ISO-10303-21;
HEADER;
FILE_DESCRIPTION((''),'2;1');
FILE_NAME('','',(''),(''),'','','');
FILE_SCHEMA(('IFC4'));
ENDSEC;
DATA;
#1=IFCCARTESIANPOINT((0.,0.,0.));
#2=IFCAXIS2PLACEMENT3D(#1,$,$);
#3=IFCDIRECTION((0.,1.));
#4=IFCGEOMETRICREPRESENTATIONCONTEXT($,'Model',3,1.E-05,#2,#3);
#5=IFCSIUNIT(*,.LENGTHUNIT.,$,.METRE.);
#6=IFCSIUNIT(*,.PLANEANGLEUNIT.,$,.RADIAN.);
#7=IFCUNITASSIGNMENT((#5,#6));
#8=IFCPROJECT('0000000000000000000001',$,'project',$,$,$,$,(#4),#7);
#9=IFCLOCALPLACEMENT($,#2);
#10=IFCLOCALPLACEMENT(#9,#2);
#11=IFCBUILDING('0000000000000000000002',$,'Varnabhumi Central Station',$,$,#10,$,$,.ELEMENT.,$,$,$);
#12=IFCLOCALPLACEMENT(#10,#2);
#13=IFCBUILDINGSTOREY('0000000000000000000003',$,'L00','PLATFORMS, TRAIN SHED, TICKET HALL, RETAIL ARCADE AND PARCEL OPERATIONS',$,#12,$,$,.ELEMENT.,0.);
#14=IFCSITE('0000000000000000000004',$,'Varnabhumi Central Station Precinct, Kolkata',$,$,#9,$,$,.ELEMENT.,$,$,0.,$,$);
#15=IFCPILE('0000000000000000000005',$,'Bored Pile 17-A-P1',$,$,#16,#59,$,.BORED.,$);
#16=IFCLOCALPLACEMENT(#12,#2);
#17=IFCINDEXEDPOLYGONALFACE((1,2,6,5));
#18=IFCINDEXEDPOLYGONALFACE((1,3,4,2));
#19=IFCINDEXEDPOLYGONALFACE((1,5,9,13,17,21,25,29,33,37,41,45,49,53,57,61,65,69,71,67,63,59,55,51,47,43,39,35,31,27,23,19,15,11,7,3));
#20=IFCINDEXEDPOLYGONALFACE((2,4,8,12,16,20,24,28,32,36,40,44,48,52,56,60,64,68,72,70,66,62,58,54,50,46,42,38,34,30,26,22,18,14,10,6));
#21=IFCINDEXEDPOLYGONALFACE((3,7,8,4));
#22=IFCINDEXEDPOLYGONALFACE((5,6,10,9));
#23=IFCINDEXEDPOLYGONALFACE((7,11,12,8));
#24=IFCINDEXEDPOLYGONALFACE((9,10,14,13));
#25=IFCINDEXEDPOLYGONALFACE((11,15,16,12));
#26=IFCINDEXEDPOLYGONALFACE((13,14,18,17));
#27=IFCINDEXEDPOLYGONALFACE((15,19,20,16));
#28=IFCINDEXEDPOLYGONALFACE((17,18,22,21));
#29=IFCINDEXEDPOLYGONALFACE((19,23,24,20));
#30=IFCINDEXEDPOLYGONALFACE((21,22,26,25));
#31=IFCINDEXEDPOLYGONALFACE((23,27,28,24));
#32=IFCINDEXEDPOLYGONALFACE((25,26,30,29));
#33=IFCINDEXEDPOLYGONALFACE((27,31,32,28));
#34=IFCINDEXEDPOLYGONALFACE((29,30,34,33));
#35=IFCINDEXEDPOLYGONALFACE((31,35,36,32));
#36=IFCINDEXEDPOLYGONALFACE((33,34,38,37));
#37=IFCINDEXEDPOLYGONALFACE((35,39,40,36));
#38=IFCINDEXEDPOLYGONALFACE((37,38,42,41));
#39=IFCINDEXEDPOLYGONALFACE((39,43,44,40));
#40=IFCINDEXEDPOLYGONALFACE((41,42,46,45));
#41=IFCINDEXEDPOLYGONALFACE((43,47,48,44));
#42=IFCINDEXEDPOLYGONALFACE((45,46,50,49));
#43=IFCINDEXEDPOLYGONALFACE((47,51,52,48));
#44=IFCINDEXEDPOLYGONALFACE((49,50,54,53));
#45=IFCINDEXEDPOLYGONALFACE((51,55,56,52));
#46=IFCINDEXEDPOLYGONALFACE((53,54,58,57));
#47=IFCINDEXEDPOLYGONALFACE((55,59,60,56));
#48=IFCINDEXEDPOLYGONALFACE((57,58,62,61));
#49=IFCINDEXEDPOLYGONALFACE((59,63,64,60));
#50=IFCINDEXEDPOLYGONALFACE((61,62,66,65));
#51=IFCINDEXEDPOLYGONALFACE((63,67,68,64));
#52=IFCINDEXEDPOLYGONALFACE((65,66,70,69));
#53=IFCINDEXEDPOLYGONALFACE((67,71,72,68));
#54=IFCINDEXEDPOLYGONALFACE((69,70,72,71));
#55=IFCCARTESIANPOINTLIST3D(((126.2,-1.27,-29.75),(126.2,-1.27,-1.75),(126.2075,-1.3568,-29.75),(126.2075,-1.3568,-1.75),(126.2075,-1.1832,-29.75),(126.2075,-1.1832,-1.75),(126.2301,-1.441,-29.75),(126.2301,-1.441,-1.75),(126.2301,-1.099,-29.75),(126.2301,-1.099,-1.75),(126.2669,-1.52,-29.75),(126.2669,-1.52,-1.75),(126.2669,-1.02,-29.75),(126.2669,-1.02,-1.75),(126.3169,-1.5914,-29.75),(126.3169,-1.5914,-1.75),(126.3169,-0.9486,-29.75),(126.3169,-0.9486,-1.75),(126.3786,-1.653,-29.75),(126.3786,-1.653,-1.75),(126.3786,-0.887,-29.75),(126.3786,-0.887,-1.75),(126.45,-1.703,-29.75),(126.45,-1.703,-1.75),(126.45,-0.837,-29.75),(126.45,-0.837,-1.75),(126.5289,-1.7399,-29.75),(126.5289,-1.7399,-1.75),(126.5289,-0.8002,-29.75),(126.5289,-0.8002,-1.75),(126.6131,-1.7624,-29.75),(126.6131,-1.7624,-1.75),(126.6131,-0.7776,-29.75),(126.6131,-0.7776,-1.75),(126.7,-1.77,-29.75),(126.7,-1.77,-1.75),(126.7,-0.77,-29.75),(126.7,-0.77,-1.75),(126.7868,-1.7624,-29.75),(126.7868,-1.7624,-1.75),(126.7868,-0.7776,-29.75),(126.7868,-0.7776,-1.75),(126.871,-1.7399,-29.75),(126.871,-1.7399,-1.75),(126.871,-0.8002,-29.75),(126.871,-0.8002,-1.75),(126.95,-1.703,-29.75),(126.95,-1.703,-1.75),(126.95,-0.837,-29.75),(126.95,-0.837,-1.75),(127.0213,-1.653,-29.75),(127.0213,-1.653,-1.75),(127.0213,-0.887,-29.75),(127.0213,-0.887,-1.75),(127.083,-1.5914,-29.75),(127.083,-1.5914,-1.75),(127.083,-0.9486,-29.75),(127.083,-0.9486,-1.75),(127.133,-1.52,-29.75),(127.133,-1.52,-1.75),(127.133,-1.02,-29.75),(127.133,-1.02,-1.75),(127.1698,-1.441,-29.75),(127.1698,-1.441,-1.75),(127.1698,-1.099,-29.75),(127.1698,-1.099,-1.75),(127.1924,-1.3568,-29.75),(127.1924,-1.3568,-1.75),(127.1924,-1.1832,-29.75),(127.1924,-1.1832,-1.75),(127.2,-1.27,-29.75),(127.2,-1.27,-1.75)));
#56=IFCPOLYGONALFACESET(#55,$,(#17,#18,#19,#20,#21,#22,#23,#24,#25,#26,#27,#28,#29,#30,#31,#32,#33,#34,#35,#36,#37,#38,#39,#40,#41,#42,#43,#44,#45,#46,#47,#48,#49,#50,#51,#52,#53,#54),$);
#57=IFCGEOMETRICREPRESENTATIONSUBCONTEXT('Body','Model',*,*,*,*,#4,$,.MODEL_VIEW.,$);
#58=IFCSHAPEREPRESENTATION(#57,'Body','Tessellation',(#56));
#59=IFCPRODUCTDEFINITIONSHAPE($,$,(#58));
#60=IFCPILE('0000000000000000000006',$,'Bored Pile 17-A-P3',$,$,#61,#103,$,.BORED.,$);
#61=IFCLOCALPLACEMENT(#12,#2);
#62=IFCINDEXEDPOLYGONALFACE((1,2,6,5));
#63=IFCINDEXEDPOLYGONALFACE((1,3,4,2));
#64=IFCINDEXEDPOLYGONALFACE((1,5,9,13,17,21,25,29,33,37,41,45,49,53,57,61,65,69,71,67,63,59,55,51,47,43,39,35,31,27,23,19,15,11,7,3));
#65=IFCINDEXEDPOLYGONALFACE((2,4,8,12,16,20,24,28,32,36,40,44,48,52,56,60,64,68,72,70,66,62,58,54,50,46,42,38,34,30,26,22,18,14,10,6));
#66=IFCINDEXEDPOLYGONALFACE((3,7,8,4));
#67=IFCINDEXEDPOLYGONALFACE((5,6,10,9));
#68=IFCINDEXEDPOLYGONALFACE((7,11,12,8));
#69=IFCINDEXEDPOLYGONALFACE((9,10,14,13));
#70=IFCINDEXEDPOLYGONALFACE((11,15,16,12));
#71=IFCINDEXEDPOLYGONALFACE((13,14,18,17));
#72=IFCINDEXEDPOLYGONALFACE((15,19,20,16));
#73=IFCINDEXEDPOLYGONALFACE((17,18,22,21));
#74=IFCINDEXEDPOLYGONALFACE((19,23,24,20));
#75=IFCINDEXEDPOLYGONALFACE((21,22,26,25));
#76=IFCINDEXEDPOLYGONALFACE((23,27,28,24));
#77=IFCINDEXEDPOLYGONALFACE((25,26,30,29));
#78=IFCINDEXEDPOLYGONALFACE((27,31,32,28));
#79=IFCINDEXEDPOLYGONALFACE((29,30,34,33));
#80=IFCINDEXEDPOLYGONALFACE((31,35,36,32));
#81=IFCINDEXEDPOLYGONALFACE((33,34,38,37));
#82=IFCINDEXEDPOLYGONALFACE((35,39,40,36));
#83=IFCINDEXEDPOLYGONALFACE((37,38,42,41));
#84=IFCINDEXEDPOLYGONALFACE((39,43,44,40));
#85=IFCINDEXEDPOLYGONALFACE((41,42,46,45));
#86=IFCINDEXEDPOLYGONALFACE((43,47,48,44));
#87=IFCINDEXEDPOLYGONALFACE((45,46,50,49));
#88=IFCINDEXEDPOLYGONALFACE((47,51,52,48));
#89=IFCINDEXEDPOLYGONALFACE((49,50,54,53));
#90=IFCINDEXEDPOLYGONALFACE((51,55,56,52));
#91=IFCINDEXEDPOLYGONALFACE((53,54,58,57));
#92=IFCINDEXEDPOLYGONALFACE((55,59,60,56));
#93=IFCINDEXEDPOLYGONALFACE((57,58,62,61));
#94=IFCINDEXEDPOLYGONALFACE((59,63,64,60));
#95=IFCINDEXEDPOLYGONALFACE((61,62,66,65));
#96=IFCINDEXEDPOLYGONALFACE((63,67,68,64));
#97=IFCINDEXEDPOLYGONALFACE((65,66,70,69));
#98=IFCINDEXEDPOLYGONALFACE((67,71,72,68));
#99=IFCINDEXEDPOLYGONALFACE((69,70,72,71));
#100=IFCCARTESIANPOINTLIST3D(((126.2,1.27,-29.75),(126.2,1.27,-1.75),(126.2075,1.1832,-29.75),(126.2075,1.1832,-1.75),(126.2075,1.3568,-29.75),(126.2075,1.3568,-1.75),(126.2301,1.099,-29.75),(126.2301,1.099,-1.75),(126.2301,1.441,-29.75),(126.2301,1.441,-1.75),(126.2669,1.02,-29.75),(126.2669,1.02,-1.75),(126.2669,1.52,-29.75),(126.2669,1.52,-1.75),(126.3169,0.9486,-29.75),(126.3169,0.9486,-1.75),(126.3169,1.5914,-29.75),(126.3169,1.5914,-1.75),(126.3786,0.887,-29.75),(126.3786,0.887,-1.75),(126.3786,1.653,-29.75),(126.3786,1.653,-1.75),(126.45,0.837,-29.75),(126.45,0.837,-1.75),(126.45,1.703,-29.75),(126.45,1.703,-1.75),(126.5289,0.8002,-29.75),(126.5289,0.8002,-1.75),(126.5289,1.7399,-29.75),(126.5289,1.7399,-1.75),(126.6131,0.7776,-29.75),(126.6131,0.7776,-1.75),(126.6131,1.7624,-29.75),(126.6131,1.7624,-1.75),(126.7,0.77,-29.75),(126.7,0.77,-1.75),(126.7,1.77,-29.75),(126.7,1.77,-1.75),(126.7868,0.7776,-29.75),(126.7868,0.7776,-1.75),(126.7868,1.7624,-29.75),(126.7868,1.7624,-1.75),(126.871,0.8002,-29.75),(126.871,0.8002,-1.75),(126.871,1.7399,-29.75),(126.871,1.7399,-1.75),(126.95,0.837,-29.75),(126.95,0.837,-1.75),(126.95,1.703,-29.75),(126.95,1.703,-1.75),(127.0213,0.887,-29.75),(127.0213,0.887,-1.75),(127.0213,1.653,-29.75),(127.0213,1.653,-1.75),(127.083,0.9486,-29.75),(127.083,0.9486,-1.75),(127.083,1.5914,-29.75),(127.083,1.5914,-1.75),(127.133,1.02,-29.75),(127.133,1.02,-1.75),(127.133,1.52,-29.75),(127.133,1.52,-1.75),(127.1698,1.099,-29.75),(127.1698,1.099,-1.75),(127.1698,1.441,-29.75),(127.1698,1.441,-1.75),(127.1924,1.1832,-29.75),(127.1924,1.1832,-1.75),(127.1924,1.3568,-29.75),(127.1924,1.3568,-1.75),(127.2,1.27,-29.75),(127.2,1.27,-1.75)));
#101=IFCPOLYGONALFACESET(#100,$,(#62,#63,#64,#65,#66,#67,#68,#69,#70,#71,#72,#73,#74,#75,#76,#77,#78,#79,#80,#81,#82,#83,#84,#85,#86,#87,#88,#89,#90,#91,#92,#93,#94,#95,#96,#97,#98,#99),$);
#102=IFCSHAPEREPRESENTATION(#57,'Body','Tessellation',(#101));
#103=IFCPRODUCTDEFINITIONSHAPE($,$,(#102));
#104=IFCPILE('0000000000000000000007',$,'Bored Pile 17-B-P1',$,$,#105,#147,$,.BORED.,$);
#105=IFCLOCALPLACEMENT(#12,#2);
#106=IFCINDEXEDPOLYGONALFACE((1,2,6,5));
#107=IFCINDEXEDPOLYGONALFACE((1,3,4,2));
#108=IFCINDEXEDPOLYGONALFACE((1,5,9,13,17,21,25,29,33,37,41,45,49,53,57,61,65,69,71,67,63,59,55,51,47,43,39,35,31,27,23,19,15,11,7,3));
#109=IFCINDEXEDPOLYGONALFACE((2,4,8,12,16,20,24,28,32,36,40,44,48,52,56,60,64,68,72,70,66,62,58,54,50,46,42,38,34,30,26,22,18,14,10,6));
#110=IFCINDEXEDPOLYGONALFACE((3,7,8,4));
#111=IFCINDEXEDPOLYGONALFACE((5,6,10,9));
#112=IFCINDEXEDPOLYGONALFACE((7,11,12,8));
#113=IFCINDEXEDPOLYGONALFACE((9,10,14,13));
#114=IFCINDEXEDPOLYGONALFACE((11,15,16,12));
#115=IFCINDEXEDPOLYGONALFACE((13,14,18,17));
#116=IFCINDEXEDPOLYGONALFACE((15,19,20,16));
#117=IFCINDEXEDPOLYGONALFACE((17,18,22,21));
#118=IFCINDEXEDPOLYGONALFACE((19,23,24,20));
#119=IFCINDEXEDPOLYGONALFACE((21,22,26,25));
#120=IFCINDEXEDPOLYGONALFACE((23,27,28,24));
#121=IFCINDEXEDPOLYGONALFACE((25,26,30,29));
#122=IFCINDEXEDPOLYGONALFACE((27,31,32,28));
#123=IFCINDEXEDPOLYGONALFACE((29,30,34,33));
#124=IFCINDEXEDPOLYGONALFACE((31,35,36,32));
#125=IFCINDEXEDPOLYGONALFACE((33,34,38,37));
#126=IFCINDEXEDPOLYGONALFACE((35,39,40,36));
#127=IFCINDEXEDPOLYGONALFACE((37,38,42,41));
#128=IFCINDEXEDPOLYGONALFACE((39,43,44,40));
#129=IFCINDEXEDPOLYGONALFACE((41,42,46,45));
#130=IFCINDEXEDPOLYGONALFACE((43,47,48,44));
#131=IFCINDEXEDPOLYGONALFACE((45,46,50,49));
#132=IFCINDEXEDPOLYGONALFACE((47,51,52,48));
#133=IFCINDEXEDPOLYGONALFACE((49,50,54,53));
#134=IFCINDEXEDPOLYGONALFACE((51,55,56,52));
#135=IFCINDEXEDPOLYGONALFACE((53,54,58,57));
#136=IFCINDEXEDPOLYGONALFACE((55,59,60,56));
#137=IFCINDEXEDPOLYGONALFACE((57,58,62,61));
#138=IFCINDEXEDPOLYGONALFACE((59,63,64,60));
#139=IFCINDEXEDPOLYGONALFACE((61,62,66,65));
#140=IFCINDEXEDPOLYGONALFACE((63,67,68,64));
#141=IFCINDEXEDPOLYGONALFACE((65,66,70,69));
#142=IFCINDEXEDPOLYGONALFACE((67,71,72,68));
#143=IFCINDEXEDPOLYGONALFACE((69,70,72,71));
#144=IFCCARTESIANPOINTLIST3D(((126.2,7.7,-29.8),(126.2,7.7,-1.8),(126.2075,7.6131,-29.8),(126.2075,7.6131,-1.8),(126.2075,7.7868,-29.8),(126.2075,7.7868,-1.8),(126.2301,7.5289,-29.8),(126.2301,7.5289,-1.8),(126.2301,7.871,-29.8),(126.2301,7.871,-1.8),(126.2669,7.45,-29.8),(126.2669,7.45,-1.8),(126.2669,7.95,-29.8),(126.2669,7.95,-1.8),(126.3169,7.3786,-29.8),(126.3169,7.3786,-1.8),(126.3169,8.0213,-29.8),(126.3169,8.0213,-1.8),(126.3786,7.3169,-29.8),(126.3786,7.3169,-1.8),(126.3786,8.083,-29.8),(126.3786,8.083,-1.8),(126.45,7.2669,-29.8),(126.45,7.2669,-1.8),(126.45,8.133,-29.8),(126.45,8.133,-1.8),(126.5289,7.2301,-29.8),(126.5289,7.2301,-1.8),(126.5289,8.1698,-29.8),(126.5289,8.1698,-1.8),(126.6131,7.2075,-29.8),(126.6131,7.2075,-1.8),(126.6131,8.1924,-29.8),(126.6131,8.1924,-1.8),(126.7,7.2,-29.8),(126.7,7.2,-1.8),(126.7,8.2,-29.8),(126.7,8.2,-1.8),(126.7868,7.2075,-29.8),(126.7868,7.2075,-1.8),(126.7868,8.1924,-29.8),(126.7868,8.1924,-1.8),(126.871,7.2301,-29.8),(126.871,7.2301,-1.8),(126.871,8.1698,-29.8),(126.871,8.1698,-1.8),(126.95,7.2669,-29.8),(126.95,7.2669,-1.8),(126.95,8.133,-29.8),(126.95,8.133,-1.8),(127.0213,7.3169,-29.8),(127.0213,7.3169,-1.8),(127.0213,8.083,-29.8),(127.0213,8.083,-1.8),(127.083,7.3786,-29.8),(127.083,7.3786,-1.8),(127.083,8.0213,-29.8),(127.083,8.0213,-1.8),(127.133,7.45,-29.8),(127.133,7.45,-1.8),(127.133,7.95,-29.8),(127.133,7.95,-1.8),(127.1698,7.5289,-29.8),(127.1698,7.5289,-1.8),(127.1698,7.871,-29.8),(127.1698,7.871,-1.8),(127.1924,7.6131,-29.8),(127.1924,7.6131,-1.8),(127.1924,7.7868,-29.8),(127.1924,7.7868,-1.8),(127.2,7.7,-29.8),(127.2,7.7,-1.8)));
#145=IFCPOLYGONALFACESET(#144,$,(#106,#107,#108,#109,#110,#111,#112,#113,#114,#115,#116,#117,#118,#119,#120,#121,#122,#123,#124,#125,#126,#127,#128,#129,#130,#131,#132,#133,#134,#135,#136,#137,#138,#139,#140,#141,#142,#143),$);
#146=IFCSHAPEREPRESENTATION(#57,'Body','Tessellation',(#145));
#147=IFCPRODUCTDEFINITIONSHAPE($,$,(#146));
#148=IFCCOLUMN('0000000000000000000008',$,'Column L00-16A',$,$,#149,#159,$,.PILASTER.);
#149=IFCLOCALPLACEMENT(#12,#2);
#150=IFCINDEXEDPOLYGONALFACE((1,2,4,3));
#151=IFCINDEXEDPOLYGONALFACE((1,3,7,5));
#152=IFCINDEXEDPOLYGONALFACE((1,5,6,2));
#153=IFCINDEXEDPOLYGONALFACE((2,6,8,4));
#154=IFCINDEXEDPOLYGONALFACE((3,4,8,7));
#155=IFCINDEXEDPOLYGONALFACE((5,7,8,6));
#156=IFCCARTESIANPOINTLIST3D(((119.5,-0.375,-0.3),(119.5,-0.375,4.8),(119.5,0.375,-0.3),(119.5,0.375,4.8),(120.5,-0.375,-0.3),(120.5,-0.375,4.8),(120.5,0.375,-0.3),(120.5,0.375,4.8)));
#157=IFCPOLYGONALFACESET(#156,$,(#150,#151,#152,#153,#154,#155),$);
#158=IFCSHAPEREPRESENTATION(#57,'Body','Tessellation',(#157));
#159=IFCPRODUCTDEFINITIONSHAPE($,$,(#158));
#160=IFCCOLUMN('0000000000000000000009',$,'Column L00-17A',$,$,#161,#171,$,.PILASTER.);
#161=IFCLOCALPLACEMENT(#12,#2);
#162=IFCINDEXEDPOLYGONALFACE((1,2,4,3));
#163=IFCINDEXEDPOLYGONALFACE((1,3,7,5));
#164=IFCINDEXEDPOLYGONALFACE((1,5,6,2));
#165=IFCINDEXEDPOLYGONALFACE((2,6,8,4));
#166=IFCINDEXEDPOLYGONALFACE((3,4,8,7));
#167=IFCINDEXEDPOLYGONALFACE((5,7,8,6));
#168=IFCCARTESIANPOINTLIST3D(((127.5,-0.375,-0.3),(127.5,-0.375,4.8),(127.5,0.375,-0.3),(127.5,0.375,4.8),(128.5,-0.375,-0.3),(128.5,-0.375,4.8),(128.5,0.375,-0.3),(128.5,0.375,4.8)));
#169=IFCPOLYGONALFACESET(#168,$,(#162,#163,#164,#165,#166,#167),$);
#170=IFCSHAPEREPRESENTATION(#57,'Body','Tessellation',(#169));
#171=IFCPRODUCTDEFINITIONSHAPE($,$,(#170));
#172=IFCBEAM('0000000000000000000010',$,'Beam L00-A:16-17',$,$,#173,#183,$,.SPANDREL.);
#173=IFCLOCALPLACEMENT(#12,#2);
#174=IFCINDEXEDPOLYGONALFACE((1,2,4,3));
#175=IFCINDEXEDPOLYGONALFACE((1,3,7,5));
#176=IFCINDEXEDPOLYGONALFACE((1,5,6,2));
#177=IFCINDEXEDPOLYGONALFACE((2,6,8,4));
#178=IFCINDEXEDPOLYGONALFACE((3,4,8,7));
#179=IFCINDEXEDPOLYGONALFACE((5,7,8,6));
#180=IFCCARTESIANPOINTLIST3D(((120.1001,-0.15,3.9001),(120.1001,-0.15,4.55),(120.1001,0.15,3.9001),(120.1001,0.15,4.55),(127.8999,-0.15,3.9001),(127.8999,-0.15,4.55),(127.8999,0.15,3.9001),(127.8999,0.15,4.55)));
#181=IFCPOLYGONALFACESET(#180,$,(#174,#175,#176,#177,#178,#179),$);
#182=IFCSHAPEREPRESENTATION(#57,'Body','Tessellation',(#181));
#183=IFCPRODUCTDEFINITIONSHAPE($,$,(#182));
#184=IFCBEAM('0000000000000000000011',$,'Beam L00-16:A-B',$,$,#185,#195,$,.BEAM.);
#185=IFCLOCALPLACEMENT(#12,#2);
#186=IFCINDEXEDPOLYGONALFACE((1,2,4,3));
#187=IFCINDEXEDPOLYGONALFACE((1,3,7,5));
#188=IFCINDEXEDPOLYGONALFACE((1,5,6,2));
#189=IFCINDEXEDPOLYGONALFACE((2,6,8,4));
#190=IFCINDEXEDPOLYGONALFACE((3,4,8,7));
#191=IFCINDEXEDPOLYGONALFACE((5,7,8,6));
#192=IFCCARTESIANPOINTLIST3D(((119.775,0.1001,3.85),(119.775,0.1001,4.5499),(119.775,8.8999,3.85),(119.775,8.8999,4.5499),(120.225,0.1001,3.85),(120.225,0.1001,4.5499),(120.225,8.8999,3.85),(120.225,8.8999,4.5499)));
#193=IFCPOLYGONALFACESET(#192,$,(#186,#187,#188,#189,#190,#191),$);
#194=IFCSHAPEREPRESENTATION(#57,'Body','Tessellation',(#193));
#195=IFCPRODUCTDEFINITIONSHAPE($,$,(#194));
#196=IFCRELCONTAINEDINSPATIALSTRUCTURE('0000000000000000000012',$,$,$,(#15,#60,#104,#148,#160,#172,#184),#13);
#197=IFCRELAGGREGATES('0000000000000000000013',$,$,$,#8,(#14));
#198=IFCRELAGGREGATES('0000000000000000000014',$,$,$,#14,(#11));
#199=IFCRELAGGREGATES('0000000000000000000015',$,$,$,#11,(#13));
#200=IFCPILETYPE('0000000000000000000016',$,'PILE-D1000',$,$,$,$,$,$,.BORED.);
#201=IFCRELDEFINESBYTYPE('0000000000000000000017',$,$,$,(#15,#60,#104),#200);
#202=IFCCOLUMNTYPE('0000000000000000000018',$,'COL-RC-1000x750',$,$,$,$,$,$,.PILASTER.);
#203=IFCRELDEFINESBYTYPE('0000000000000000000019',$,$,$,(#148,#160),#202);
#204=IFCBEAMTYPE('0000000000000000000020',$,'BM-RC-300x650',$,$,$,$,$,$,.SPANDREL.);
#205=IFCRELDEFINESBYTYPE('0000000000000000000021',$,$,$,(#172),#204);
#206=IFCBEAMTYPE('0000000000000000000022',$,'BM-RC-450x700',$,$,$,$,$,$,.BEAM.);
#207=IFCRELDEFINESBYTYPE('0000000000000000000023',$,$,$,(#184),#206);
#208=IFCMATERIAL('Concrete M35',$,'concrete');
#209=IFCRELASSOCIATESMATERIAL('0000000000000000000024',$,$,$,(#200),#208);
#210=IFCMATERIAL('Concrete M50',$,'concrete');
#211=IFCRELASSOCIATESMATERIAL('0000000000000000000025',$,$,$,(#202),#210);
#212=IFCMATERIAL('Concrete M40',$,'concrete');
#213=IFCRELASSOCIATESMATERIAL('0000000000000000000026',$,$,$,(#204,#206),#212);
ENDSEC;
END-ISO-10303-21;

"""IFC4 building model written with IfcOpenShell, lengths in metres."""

from ifc_helpers import new_model, si_unit, direction, frame, origin, origin_2d, place, context, subcontext, project, spatial, rectangle, circle, extrude, material, material_profile, profile_set, type_object, element, save


model = new_model("IFC4")

# Units and contexts
model_context = context("Model", 3, precision=1e-05, world=origin(), true_north=direction((0.0, 1.0)))
body_context = subcontext(model_context, "Body", "Model", "MODEL_VIEW")
ifc_project = project(units=[si_unit("LENGTHUNIT", "METRE"), si_unit("PLANEANGLEUNIT", "RADIAN")], contexts=[model_context])

# Site, building, storey
site_placement = place(None, origin())
site = spatial("IfcSite", under=ifc_project, at=site_placement, Name="Varnabhumi Central Station Precinct, Kolkata", CompositionType="ELEMENT", RefElevation=0.0)
building_placement = place(site_placement, origin())
building = spatial("IfcBuilding", under=site, at=building_placement, Name="Varnabhumi Central Station", CompositionType="ELEMENT")
storey_placement = place(building_placement, origin())
storey = spatial("IfcBuildingStorey", under=building, at=storey_placement, Name="L00", Description="PLATFORMS, TRAIN SHED, TICKET HALL, RETAIL ARCADE AND PARCEL OPERATIONS", CompositionType="ELEMENT", Elevation=0.0)

# Shared definitions
ifc_material_1 = material(Name="Concrete M40", Category="concrete")

# Piles
ifc_material_2 = material(Name="Concrete M35", Category="concrete")
ifc_material_profile_1 = material_profile(ifc_material_2, circle(Radius=0.5, at=origin_2d()), Name="Concrete M35", Category="concrete")
ifc_profile_set_1 = profile_set([ifc_material_profile_1], Name="Concrete M35")
pile_type = type_object("IfcPileType", Name="PILE-D1000", PredefinedType="BORED", material=ifc_profile_set_1)
for number, where, z_axis, x_axis, name in (
    (1, (126.7, -1.27, -1.75), (0.0, 0.0, -1.0), (1.0, 0.0, 0.0), "Bored Pile 17-A-P1"),
    (2, (126.7, 1.27, -1.75), (0.0, 0.0, -1.0), (1.0, 0.0, 0.0), "Bored Pile 17-A-P3"),
    (3, (126.7, 7.7, -1.8), (0.0, 0.0, -1.0), (1.0, 0.0, 0.0), "Bored Pile 17-B-P1"),
):
    element("IfcPile", number, at=place(storey_placement, frame(where, z_axis=z_axis, x_axis=x_axis)), inside=storey, type_object=pile_type, Name=name, PredefinedType="BORED", context=body_context, shape_type="SweptSolid", body=[
        extrude(circle(Radius=0.5, at=origin_2d()), origin(), (0.0, 0.0, 1.0), 28.0),
    ])

# Columns
ifc_material_3 = material(Name="Concrete M50", Category="concrete")
ifc_material_profile_2 = material_profile(ifc_material_3, rectangle(XDim=1.0, YDim=0.75, at=origin_2d()), Name="Concrete M50", Category="concrete")
ifc_profile_set_2 = profile_set([ifc_material_profile_2], Name="Concrete M50")
column_type = type_object("IfcColumnType", Name="COL-RC-1000x750", PredefinedType="PILASTER", material=ifc_profile_set_2)
for number, where, z_axis, x_axis, name in (
    (4, (120.0, 0.0, -0.3), (0.0, 0.0, 1.0), (1.0, 0.0, 0.0), "Column L00-16A"),
    (5, (128.0, 0.0, -0.3), (0.0, 0.0, 1.0), (1.0, 0.0, 0.0), "Column L00-17A"),
):
    element("IfcColumn", number, at=place(storey_placement, frame(where, z_axis=z_axis, x_axis=x_axis)), inside=storey, type_object=column_type, Name=name, PredefinedType="PILASTER", context=body_context, shape_type="SweptSolid", body=[
        extrude(rectangle(XDim=1.0, YDim=0.75, at=origin_2d()), origin(), (0.0, 0.0, 1.0), 5.1001),
    ])

# Beams
ifc_material_profile_3 = material_profile(ifc_material_1, rectangle(XDim=0.3, YDim=0.6499, at=origin_2d()), Name="Concrete M40", Category="concrete")
ifc_profile_set_3 = profile_set([ifc_material_profile_3], Name="Concrete M40")
beam_type_1 = type_object("IfcBeamType", Name="BM-RC-300x650", PredefinedType="SPANDREL", material=ifc_profile_set_3)
beam_1_placement = place(storey_placement, frame((120.1001, 0.0, 4.2251), z_axis=(1.0, 0.0, 0.0), x_axis=(0.0, 1.0, 0.0)))
element("IfcBeam", 6, at=beam_1_placement, inside=storey, type_object=beam_type_1, Name="Beam L00-A:16-17", PredefinedType="SPANDREL", context=body_context, shape_type="SweptSolid", body=[
    extrude(rectangle(XDim=0.3, YDim=0.6499, at=origin_2d()), origin(), (0.0, 0.0, 1.0), 7.7998),
])
ifc_material_profile_4 = material_profile(ifc_material_1, rectangle(XDim=0.45, YDim=0.7, at=origin_2d()), Name="Concrete M40", Category="concrete")
ifc_profile_set_4 = profile_set([ifc_material_profile_4], Name="Concrete M40")
beam_type_2 = type_object("IfcBeamType", Name="BM-RC-450x700", PredefinedType="BEAM", material=ifc_profile_set_4)
for number, where, z_axis, x_axis, name in (
    (7, (120.0, 0.1001, 4.2), (0.0, 1.0, 0.0), (-1.0, 0.0, 0.0), "Beam L00-16:A-B"),
):
    element("IfcBeam", number, at=place(storey_placement, frame(where, z_axis=z_axis, x_axis=x_axis)), inside=storey, type_object=beam_type_2, Name=name, PredefinedType="BEAM", context=body_context, shape_type="SweptSolid", body=[
        extrude(rectangle(XDim=0.45, YDim=0.7, at=origin_2d()), origin(), (0.0, 0.0, 1.0), 8.7998),
    ])

save(model, "model.ifc")
